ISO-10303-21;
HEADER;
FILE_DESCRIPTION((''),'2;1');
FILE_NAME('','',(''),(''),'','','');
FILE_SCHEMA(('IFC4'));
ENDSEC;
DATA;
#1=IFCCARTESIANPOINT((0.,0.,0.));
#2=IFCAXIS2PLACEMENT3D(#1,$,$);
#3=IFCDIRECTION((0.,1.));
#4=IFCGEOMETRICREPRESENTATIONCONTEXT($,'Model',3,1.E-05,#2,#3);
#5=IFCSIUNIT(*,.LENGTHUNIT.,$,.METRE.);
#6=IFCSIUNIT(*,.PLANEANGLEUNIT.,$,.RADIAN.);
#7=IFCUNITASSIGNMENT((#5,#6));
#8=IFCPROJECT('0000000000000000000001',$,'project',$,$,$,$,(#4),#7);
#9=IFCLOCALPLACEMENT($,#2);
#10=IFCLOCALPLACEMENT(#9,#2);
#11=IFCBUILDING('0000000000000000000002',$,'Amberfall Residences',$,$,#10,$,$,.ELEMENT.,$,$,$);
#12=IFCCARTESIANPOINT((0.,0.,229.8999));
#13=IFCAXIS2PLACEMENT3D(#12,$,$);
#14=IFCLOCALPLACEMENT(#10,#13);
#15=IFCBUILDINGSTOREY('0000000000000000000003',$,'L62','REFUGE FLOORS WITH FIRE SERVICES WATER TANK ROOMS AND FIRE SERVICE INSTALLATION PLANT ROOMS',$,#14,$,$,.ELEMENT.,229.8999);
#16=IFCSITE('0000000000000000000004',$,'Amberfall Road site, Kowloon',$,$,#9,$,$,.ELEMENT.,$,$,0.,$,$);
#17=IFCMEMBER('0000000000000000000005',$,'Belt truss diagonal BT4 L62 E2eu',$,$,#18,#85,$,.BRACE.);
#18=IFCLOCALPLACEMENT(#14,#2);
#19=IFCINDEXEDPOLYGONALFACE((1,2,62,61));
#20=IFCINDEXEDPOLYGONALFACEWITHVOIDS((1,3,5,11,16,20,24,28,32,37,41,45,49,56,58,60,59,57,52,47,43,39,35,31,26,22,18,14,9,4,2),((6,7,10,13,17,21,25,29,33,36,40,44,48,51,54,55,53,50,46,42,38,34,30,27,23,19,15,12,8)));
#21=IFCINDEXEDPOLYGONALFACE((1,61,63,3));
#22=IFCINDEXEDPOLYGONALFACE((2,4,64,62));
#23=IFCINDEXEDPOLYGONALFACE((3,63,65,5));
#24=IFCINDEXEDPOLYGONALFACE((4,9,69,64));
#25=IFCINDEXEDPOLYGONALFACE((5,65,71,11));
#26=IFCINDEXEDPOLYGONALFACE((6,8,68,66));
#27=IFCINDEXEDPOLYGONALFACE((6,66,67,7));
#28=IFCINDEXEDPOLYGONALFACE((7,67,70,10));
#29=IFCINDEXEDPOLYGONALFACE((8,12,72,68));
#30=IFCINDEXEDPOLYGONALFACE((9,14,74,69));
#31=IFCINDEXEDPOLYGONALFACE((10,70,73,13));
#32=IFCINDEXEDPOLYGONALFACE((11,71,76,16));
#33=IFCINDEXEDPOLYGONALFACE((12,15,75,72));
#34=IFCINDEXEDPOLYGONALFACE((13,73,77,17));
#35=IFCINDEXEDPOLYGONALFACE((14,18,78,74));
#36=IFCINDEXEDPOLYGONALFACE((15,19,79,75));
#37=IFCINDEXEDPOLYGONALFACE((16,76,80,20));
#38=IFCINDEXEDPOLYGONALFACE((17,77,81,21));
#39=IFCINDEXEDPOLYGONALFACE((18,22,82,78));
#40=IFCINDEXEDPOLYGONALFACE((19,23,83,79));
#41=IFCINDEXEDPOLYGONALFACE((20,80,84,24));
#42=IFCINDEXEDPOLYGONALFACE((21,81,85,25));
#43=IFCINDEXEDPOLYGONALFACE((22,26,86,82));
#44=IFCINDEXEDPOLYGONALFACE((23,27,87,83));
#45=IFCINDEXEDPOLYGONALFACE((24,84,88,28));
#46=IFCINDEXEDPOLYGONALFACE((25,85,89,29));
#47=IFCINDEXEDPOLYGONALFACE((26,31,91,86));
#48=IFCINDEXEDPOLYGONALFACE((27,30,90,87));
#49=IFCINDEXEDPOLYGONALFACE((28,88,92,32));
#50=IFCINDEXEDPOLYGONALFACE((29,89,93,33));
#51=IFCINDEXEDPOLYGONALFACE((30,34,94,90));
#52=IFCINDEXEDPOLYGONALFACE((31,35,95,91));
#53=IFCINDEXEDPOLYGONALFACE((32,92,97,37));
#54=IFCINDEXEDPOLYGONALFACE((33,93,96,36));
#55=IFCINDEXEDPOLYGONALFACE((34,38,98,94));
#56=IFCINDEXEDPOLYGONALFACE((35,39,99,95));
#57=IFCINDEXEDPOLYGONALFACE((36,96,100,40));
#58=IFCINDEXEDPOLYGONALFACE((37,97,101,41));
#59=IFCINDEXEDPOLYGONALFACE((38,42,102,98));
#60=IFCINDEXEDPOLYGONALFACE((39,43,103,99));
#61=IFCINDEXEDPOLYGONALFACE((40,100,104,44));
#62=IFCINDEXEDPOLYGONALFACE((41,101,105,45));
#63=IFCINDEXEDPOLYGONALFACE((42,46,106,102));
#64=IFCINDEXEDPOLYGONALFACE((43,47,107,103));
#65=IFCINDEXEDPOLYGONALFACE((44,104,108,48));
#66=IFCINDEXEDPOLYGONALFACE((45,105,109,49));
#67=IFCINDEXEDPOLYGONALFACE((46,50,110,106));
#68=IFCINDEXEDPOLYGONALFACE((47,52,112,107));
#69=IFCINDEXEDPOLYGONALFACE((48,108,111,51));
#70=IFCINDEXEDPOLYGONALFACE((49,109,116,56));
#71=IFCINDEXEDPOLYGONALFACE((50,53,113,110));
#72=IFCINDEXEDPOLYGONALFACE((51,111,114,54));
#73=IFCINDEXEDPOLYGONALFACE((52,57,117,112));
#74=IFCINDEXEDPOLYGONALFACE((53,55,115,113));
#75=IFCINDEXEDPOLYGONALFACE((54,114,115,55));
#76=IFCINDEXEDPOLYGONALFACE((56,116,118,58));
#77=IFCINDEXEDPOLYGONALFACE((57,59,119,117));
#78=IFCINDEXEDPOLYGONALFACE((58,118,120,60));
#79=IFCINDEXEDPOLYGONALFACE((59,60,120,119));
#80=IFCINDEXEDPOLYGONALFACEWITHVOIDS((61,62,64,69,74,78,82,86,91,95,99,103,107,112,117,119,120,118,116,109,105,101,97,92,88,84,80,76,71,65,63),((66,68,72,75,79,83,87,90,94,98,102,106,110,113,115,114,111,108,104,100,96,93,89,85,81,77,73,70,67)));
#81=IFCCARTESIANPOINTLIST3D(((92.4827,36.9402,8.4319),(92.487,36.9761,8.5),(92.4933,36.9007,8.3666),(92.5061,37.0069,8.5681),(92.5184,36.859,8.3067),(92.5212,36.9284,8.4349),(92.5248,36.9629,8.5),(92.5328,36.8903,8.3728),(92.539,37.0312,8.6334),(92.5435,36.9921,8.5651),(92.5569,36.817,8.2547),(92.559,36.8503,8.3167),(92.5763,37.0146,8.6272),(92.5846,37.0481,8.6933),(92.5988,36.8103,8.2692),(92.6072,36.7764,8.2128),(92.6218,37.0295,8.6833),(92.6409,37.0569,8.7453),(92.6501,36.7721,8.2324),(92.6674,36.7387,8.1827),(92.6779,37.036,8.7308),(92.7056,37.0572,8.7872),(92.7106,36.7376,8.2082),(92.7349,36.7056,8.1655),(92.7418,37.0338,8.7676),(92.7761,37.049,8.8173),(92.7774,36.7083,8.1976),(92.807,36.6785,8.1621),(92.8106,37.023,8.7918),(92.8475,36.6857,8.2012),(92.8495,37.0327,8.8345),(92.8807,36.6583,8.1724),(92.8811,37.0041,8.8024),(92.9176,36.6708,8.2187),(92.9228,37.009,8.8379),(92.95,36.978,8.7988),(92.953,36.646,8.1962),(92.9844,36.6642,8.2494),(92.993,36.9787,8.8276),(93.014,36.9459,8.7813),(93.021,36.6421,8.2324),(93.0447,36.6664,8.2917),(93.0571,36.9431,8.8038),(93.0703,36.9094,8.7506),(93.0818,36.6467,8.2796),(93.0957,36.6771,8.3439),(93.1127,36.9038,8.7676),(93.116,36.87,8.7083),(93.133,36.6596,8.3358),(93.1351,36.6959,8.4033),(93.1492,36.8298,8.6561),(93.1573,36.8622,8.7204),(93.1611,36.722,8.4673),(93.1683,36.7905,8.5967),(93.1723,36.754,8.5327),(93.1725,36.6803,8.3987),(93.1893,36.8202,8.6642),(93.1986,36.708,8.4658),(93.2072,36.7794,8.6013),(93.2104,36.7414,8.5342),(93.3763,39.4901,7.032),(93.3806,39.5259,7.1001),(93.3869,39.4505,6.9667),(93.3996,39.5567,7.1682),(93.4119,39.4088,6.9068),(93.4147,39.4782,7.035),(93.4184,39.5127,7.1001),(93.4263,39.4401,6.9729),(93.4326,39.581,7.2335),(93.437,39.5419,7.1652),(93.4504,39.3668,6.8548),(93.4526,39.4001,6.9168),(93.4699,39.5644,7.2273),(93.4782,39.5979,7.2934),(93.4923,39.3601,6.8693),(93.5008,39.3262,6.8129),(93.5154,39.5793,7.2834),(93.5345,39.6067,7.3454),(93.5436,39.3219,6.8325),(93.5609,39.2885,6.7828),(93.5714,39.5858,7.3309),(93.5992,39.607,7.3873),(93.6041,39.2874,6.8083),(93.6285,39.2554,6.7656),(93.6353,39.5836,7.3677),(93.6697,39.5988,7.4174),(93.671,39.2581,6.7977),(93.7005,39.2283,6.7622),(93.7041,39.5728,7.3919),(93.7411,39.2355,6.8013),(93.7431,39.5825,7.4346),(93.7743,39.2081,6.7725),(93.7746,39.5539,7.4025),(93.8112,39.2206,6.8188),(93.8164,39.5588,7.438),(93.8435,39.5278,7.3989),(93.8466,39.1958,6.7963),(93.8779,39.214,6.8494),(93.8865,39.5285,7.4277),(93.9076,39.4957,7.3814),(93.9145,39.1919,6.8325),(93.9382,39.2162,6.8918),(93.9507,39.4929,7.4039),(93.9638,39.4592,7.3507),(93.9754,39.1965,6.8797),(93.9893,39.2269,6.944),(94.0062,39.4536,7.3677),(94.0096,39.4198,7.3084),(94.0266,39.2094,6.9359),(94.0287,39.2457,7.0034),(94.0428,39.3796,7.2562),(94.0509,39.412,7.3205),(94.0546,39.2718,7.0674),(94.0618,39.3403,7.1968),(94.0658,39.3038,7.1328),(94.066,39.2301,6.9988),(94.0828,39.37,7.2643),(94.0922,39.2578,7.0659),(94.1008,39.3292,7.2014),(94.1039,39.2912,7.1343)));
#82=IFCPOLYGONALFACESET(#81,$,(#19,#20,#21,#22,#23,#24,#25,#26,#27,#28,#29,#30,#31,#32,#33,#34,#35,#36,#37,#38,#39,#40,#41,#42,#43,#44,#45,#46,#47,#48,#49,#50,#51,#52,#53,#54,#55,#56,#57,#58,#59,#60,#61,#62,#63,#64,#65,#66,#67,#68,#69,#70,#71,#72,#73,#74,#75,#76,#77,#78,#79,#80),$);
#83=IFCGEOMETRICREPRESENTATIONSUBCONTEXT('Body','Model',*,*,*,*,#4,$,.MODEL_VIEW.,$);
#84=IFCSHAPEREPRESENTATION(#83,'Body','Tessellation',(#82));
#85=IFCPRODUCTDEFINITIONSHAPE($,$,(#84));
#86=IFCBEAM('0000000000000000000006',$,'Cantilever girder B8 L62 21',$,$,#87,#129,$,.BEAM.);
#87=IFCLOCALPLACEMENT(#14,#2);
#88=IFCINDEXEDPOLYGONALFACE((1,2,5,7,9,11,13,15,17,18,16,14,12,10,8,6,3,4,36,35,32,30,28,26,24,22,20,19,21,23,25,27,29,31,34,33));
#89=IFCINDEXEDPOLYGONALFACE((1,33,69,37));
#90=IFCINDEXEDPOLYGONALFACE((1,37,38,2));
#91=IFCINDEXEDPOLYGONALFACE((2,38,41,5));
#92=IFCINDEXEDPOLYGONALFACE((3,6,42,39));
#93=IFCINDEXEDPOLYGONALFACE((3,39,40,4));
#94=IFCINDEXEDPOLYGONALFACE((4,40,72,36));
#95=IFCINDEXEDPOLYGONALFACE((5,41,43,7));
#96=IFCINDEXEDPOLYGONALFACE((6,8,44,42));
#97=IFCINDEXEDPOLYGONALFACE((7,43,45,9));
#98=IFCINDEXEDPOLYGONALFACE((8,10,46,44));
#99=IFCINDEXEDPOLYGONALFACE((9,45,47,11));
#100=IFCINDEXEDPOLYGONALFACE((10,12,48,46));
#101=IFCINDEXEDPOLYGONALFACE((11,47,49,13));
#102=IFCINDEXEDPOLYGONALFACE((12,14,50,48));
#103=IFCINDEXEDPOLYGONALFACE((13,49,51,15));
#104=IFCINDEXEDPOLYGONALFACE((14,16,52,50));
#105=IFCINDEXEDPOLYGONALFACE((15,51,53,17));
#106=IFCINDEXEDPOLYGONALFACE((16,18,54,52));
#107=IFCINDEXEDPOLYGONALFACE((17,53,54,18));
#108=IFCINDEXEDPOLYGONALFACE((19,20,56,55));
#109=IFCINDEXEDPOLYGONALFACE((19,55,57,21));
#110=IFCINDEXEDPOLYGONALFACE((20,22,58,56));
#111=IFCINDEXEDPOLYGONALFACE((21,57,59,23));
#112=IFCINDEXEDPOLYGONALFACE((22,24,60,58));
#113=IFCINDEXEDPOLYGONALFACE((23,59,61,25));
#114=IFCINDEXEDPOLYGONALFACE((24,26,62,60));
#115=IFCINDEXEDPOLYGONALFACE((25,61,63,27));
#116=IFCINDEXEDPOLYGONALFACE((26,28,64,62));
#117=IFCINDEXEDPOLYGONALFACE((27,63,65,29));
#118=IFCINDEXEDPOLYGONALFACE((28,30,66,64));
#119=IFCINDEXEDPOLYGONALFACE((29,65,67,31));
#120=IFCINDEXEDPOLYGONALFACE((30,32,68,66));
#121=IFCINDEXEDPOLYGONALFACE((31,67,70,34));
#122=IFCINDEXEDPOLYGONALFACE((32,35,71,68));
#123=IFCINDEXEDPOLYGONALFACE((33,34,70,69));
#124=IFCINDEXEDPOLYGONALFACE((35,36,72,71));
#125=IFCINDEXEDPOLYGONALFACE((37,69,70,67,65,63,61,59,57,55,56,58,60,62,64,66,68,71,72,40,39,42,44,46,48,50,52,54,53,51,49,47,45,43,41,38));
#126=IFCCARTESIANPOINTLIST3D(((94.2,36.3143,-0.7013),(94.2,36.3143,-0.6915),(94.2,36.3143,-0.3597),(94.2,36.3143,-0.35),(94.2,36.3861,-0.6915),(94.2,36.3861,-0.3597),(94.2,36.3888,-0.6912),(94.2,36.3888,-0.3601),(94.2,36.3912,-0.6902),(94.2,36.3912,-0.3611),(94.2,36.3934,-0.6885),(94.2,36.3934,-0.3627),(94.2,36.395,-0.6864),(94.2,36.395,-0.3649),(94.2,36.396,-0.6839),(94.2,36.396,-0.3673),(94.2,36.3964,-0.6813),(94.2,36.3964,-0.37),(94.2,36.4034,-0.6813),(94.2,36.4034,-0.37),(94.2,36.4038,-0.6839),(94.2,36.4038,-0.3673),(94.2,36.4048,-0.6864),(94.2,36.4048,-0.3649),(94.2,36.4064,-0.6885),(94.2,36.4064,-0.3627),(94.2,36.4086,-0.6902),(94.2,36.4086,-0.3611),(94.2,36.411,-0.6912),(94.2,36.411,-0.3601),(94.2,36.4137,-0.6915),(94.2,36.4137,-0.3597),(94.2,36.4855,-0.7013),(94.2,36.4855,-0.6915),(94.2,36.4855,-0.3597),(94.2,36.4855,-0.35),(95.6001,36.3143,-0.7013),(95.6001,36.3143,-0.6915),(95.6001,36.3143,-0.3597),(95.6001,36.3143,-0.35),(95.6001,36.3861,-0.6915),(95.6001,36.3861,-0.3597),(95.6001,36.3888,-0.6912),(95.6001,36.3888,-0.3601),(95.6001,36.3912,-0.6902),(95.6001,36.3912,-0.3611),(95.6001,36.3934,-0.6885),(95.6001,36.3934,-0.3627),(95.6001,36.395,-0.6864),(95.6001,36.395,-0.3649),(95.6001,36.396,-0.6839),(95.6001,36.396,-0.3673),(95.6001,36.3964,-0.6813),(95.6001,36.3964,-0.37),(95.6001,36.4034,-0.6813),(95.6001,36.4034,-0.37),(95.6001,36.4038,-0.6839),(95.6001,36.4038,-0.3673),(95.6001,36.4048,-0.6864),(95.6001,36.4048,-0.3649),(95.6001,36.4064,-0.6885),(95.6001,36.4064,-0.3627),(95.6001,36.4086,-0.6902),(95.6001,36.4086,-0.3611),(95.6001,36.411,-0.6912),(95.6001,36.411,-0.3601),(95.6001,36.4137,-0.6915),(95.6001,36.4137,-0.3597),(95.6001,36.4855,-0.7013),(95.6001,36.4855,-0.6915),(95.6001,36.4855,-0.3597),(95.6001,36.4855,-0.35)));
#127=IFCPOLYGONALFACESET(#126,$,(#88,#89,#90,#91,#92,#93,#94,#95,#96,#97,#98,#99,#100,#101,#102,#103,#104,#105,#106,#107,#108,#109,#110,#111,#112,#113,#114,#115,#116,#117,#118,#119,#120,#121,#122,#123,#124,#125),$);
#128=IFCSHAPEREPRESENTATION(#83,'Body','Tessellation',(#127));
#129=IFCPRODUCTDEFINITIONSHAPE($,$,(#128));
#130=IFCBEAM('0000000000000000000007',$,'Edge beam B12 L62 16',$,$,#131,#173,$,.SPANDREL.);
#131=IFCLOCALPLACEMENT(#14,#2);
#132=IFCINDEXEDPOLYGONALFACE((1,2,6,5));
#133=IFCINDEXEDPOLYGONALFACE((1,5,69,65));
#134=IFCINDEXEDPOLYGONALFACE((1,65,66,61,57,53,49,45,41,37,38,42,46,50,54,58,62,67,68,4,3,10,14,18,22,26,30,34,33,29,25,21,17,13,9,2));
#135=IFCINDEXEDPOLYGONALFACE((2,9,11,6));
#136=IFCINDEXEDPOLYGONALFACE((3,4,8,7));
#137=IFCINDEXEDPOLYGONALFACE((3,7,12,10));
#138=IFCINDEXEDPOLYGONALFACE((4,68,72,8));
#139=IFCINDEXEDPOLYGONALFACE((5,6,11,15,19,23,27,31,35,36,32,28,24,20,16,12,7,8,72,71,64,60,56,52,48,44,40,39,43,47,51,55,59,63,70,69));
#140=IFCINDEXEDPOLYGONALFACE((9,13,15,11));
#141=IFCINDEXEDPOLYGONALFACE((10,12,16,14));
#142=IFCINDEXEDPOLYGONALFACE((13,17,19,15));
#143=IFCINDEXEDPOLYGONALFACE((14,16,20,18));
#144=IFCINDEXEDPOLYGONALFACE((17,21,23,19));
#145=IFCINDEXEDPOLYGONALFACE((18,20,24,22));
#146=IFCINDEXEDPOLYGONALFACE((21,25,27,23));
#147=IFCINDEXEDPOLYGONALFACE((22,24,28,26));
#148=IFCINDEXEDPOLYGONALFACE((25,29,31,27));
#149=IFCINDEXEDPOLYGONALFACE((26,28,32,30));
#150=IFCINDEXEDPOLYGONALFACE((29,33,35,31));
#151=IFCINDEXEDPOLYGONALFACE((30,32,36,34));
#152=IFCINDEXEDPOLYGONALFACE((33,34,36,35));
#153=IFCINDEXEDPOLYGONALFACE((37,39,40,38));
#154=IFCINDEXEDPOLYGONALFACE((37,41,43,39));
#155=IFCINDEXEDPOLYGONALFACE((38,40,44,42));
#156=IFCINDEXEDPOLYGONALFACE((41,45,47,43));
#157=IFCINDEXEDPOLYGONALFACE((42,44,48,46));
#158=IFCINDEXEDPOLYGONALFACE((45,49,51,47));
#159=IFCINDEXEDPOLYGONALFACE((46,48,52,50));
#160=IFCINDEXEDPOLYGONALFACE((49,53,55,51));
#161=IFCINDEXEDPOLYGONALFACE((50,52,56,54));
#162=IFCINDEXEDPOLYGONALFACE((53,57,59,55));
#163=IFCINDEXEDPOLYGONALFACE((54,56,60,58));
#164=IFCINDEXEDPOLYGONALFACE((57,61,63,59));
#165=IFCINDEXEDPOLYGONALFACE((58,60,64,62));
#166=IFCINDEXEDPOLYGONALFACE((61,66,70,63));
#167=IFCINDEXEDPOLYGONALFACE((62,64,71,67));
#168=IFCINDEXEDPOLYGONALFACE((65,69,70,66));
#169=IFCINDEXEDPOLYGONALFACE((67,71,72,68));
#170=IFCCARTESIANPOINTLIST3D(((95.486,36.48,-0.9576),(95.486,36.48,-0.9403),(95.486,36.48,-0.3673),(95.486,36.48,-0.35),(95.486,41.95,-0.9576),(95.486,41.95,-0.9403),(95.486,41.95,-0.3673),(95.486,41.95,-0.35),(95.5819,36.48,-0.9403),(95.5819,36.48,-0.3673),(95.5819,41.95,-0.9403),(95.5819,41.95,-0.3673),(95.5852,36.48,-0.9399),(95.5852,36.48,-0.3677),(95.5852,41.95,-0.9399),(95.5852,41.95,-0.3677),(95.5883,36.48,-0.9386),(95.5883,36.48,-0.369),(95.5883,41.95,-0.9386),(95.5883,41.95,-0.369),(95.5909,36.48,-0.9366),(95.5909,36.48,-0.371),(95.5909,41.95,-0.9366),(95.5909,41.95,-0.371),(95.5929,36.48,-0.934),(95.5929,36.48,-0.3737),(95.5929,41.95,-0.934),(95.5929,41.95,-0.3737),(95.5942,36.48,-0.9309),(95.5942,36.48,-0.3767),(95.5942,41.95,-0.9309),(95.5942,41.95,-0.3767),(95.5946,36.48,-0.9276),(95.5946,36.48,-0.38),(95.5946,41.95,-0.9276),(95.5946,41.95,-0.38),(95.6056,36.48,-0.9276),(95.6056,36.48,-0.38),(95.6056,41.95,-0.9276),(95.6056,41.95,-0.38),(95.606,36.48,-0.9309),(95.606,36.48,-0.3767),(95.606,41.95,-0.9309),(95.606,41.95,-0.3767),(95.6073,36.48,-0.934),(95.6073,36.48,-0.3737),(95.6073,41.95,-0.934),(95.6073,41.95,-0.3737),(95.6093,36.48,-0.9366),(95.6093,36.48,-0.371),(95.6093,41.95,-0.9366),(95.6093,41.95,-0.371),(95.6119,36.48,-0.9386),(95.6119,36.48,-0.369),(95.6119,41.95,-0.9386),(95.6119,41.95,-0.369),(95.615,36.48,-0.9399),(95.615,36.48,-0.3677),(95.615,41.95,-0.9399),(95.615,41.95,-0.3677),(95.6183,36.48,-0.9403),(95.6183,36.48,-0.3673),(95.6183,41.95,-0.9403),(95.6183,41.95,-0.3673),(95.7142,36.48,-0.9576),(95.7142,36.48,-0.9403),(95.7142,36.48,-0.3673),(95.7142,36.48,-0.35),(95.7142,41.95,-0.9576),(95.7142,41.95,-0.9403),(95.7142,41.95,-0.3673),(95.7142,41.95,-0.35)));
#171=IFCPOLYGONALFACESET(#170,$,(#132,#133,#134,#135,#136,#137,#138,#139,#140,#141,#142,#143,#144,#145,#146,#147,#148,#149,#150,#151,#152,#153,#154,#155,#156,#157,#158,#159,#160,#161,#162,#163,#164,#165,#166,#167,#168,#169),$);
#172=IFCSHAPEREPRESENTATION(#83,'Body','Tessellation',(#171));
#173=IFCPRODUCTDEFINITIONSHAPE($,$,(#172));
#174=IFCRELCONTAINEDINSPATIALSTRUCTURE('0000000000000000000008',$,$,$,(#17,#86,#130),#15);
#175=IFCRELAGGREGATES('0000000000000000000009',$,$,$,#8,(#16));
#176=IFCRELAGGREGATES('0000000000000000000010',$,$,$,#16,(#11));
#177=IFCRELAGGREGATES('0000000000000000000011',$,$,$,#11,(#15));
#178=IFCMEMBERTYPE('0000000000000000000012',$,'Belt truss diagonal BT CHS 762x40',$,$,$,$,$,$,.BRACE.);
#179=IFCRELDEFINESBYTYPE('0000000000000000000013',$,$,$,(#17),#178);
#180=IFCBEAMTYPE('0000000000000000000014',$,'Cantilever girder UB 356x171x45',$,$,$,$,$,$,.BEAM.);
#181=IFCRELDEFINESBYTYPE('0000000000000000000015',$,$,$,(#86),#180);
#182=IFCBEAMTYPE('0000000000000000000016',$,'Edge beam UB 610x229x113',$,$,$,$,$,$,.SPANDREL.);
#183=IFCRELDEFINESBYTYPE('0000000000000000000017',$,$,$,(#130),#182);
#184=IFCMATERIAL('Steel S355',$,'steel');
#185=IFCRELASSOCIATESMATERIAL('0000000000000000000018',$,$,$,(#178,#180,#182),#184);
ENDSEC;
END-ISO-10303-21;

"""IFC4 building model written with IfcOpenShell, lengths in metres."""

from ifc_helpers import new_model, si_unit, direction, frame, origin, origin_2d, place, context, subcontext, project, spatial, hollow_circle, i_section, extrude, material, material_profile, profile_set, type_object, element, save


model = new_model("IFC4")

# Units and contexts
model_context = context("Model", 3, precision=1e-05, world=origin(), true_north=direction((0.0, 1.0)))
body_context = subcontext(model_context, "Body", "Model", "MODEL_VIEW")
ifc_project = project(units=[si_unit("LENGTHUNIT", "METRE"), si_unit("PLANEANGLEUNIT", "RADIAN")], contexts=[model_context])

# Site, building, storey
site_placement = place(None, origin())
site = spatial("IfcSite", under=ifc_project, at=site_placement, Name="Amberfall Road site, Kowloon", CompositionType="ELEMENT", RefElevation=0.0)
building_placement = place(site_placement, origin())
building = spatial("IfcBuilding", under=site, at=building_placement, Name="Amberfall Residences", CompositionType="ELEMENT")
storey_placement = place(building_placement, frame((0.0, 0.0, 229.8999)))
storey = spatial("IfcBuildingStorey", under=building, at=storey_placement, Name="L62", Description="REFUGE FLOORS WITH FIRE SERVICES WATER TANK ROOMS AND FIRE SERVICE INSTALLATION PLANT ROOMS", CompositionType="ELEMENT", Elevation=229.8999)

# Shared definitions
ifc_material_1 = material(Name="Steel S355", Category="steel")

# Member
ifc_material_profile_1 = material_profile(ifc_material_1, hollow_circle(Radius=0.3811, WallThickness=0.04, at=origin_2d()), Name="CHS 762x40")
ifc_profile_set_1 = profile_set([ifc_material_profile_1], Name="Steel S355")
member_type = type_object("IfcMemberType", Name="Belt truss diagonal BT CHS 762x40", PredefinedType="BRACE", material=ifc_profile_set_1)
member_1_placement = place(storey_placement, frame((92.8467, 36.8501, 8.5), z_axis=(0.293646, 0.837933, -0.460045), x_axis=(-0.943729, 0.330721, 0.0)))
element("IfcMember", 1, at=member_1_placement, inside=storey, type_object=member_type, Name="Belt truss diagonal BT4 L62 E2eu", PredefinedType="BRACE", context=body_context, shape_type="SweptSolid", body=[
    extrude(hollow_circle(Radius=0.3811, WallThickness=0.04, at=origin_2d()), origin(), (0.0, 0.0, 1.0), 3.043),
])

# Beams
ifc_material_profile_2 = material_profile(ifc_material_1, i_section(OverallWidth=0.1711, OverallDepth=0.3513, WebThickness=0.0071, FlangeThickness=0.0098, FilletRadius=0.0103, at=origin_2d()), Name="UB 356x171x45")
ifc_profile_set_2 = profile_set([ifc_material_profile_2], Name="Steel S355")
beam_type_1 = type_object("IfcBeamType", Name="Cantilever girder UB 356x171x45", PredefinedType="BEAM", material=ifc_profile_set_2)
beam_1_placement = place(storey_placement, frame((94.2, 36.3999, -0.5256), z_axis=(1.0, 0.0, 0.0), x_axis=(0.0, 1.0, 0.0)))
element("IfcBeam", 2, at=beam_1_placement, inside=storey, type_object=beam_type_1, Name="Cantilever girder B8 L62 21", PredefinedType="BEAM", context=body_context, shape_type="SweptSolid", body=[
    extrude(i_section(OverallWidth=0.1711, OverallDepth=0.3513, WebThickness=0.0071, FlangeThickness=0.0098, FilletRadius=0.0103, at=origin_2d()), origin(), (0.0, 0.0, 1.0), 1.4001),
])
ifc_material_profile_3 = material_profile(ifc_material_1, i_section(OverallWidth=0.2283, OverallDepth=0.6077, WebThickness=0.011, FlangeThickness=0.0173, FilletRadius=0.0127, at=origin_2d()), Name="UB 610x229x113")
ifc_profile_set_3 = profile_set([ifc_material_profile_3], Name="Steel S355")
beam_type_2 = type_object("IfcBeamType", Name="Edge beam UB 610x229x113", PredefinedType="SPANDREL", material=ifc_profile_set_3)
beam_2_placement = place(storey_placement, frame((95.6001, 36.48, -0.6538), z_axis=(0.0, 1.0, 0.0), x_axis=(-1.0, 0.0, 0.0)))
element("IfcBeam", 3, at=beam_2_placement, inside=storey, type_object=beam_type_2, Name="Edge beam B12 L62 16", PredefinedType="SPANDREL", context=body_context, shape_type="SweptSolid", body=[
    extrude(i_section(OverallWidth=0.2283, OverallDepth=0.6077, WebThickness=0.011, FlangeThickness=0.0173, FilletRadius=0.0127, at=origin_2d()), origin(), (0.0, 0.0, 1.0), 5.47),
])

save(model, "model.ifc")
